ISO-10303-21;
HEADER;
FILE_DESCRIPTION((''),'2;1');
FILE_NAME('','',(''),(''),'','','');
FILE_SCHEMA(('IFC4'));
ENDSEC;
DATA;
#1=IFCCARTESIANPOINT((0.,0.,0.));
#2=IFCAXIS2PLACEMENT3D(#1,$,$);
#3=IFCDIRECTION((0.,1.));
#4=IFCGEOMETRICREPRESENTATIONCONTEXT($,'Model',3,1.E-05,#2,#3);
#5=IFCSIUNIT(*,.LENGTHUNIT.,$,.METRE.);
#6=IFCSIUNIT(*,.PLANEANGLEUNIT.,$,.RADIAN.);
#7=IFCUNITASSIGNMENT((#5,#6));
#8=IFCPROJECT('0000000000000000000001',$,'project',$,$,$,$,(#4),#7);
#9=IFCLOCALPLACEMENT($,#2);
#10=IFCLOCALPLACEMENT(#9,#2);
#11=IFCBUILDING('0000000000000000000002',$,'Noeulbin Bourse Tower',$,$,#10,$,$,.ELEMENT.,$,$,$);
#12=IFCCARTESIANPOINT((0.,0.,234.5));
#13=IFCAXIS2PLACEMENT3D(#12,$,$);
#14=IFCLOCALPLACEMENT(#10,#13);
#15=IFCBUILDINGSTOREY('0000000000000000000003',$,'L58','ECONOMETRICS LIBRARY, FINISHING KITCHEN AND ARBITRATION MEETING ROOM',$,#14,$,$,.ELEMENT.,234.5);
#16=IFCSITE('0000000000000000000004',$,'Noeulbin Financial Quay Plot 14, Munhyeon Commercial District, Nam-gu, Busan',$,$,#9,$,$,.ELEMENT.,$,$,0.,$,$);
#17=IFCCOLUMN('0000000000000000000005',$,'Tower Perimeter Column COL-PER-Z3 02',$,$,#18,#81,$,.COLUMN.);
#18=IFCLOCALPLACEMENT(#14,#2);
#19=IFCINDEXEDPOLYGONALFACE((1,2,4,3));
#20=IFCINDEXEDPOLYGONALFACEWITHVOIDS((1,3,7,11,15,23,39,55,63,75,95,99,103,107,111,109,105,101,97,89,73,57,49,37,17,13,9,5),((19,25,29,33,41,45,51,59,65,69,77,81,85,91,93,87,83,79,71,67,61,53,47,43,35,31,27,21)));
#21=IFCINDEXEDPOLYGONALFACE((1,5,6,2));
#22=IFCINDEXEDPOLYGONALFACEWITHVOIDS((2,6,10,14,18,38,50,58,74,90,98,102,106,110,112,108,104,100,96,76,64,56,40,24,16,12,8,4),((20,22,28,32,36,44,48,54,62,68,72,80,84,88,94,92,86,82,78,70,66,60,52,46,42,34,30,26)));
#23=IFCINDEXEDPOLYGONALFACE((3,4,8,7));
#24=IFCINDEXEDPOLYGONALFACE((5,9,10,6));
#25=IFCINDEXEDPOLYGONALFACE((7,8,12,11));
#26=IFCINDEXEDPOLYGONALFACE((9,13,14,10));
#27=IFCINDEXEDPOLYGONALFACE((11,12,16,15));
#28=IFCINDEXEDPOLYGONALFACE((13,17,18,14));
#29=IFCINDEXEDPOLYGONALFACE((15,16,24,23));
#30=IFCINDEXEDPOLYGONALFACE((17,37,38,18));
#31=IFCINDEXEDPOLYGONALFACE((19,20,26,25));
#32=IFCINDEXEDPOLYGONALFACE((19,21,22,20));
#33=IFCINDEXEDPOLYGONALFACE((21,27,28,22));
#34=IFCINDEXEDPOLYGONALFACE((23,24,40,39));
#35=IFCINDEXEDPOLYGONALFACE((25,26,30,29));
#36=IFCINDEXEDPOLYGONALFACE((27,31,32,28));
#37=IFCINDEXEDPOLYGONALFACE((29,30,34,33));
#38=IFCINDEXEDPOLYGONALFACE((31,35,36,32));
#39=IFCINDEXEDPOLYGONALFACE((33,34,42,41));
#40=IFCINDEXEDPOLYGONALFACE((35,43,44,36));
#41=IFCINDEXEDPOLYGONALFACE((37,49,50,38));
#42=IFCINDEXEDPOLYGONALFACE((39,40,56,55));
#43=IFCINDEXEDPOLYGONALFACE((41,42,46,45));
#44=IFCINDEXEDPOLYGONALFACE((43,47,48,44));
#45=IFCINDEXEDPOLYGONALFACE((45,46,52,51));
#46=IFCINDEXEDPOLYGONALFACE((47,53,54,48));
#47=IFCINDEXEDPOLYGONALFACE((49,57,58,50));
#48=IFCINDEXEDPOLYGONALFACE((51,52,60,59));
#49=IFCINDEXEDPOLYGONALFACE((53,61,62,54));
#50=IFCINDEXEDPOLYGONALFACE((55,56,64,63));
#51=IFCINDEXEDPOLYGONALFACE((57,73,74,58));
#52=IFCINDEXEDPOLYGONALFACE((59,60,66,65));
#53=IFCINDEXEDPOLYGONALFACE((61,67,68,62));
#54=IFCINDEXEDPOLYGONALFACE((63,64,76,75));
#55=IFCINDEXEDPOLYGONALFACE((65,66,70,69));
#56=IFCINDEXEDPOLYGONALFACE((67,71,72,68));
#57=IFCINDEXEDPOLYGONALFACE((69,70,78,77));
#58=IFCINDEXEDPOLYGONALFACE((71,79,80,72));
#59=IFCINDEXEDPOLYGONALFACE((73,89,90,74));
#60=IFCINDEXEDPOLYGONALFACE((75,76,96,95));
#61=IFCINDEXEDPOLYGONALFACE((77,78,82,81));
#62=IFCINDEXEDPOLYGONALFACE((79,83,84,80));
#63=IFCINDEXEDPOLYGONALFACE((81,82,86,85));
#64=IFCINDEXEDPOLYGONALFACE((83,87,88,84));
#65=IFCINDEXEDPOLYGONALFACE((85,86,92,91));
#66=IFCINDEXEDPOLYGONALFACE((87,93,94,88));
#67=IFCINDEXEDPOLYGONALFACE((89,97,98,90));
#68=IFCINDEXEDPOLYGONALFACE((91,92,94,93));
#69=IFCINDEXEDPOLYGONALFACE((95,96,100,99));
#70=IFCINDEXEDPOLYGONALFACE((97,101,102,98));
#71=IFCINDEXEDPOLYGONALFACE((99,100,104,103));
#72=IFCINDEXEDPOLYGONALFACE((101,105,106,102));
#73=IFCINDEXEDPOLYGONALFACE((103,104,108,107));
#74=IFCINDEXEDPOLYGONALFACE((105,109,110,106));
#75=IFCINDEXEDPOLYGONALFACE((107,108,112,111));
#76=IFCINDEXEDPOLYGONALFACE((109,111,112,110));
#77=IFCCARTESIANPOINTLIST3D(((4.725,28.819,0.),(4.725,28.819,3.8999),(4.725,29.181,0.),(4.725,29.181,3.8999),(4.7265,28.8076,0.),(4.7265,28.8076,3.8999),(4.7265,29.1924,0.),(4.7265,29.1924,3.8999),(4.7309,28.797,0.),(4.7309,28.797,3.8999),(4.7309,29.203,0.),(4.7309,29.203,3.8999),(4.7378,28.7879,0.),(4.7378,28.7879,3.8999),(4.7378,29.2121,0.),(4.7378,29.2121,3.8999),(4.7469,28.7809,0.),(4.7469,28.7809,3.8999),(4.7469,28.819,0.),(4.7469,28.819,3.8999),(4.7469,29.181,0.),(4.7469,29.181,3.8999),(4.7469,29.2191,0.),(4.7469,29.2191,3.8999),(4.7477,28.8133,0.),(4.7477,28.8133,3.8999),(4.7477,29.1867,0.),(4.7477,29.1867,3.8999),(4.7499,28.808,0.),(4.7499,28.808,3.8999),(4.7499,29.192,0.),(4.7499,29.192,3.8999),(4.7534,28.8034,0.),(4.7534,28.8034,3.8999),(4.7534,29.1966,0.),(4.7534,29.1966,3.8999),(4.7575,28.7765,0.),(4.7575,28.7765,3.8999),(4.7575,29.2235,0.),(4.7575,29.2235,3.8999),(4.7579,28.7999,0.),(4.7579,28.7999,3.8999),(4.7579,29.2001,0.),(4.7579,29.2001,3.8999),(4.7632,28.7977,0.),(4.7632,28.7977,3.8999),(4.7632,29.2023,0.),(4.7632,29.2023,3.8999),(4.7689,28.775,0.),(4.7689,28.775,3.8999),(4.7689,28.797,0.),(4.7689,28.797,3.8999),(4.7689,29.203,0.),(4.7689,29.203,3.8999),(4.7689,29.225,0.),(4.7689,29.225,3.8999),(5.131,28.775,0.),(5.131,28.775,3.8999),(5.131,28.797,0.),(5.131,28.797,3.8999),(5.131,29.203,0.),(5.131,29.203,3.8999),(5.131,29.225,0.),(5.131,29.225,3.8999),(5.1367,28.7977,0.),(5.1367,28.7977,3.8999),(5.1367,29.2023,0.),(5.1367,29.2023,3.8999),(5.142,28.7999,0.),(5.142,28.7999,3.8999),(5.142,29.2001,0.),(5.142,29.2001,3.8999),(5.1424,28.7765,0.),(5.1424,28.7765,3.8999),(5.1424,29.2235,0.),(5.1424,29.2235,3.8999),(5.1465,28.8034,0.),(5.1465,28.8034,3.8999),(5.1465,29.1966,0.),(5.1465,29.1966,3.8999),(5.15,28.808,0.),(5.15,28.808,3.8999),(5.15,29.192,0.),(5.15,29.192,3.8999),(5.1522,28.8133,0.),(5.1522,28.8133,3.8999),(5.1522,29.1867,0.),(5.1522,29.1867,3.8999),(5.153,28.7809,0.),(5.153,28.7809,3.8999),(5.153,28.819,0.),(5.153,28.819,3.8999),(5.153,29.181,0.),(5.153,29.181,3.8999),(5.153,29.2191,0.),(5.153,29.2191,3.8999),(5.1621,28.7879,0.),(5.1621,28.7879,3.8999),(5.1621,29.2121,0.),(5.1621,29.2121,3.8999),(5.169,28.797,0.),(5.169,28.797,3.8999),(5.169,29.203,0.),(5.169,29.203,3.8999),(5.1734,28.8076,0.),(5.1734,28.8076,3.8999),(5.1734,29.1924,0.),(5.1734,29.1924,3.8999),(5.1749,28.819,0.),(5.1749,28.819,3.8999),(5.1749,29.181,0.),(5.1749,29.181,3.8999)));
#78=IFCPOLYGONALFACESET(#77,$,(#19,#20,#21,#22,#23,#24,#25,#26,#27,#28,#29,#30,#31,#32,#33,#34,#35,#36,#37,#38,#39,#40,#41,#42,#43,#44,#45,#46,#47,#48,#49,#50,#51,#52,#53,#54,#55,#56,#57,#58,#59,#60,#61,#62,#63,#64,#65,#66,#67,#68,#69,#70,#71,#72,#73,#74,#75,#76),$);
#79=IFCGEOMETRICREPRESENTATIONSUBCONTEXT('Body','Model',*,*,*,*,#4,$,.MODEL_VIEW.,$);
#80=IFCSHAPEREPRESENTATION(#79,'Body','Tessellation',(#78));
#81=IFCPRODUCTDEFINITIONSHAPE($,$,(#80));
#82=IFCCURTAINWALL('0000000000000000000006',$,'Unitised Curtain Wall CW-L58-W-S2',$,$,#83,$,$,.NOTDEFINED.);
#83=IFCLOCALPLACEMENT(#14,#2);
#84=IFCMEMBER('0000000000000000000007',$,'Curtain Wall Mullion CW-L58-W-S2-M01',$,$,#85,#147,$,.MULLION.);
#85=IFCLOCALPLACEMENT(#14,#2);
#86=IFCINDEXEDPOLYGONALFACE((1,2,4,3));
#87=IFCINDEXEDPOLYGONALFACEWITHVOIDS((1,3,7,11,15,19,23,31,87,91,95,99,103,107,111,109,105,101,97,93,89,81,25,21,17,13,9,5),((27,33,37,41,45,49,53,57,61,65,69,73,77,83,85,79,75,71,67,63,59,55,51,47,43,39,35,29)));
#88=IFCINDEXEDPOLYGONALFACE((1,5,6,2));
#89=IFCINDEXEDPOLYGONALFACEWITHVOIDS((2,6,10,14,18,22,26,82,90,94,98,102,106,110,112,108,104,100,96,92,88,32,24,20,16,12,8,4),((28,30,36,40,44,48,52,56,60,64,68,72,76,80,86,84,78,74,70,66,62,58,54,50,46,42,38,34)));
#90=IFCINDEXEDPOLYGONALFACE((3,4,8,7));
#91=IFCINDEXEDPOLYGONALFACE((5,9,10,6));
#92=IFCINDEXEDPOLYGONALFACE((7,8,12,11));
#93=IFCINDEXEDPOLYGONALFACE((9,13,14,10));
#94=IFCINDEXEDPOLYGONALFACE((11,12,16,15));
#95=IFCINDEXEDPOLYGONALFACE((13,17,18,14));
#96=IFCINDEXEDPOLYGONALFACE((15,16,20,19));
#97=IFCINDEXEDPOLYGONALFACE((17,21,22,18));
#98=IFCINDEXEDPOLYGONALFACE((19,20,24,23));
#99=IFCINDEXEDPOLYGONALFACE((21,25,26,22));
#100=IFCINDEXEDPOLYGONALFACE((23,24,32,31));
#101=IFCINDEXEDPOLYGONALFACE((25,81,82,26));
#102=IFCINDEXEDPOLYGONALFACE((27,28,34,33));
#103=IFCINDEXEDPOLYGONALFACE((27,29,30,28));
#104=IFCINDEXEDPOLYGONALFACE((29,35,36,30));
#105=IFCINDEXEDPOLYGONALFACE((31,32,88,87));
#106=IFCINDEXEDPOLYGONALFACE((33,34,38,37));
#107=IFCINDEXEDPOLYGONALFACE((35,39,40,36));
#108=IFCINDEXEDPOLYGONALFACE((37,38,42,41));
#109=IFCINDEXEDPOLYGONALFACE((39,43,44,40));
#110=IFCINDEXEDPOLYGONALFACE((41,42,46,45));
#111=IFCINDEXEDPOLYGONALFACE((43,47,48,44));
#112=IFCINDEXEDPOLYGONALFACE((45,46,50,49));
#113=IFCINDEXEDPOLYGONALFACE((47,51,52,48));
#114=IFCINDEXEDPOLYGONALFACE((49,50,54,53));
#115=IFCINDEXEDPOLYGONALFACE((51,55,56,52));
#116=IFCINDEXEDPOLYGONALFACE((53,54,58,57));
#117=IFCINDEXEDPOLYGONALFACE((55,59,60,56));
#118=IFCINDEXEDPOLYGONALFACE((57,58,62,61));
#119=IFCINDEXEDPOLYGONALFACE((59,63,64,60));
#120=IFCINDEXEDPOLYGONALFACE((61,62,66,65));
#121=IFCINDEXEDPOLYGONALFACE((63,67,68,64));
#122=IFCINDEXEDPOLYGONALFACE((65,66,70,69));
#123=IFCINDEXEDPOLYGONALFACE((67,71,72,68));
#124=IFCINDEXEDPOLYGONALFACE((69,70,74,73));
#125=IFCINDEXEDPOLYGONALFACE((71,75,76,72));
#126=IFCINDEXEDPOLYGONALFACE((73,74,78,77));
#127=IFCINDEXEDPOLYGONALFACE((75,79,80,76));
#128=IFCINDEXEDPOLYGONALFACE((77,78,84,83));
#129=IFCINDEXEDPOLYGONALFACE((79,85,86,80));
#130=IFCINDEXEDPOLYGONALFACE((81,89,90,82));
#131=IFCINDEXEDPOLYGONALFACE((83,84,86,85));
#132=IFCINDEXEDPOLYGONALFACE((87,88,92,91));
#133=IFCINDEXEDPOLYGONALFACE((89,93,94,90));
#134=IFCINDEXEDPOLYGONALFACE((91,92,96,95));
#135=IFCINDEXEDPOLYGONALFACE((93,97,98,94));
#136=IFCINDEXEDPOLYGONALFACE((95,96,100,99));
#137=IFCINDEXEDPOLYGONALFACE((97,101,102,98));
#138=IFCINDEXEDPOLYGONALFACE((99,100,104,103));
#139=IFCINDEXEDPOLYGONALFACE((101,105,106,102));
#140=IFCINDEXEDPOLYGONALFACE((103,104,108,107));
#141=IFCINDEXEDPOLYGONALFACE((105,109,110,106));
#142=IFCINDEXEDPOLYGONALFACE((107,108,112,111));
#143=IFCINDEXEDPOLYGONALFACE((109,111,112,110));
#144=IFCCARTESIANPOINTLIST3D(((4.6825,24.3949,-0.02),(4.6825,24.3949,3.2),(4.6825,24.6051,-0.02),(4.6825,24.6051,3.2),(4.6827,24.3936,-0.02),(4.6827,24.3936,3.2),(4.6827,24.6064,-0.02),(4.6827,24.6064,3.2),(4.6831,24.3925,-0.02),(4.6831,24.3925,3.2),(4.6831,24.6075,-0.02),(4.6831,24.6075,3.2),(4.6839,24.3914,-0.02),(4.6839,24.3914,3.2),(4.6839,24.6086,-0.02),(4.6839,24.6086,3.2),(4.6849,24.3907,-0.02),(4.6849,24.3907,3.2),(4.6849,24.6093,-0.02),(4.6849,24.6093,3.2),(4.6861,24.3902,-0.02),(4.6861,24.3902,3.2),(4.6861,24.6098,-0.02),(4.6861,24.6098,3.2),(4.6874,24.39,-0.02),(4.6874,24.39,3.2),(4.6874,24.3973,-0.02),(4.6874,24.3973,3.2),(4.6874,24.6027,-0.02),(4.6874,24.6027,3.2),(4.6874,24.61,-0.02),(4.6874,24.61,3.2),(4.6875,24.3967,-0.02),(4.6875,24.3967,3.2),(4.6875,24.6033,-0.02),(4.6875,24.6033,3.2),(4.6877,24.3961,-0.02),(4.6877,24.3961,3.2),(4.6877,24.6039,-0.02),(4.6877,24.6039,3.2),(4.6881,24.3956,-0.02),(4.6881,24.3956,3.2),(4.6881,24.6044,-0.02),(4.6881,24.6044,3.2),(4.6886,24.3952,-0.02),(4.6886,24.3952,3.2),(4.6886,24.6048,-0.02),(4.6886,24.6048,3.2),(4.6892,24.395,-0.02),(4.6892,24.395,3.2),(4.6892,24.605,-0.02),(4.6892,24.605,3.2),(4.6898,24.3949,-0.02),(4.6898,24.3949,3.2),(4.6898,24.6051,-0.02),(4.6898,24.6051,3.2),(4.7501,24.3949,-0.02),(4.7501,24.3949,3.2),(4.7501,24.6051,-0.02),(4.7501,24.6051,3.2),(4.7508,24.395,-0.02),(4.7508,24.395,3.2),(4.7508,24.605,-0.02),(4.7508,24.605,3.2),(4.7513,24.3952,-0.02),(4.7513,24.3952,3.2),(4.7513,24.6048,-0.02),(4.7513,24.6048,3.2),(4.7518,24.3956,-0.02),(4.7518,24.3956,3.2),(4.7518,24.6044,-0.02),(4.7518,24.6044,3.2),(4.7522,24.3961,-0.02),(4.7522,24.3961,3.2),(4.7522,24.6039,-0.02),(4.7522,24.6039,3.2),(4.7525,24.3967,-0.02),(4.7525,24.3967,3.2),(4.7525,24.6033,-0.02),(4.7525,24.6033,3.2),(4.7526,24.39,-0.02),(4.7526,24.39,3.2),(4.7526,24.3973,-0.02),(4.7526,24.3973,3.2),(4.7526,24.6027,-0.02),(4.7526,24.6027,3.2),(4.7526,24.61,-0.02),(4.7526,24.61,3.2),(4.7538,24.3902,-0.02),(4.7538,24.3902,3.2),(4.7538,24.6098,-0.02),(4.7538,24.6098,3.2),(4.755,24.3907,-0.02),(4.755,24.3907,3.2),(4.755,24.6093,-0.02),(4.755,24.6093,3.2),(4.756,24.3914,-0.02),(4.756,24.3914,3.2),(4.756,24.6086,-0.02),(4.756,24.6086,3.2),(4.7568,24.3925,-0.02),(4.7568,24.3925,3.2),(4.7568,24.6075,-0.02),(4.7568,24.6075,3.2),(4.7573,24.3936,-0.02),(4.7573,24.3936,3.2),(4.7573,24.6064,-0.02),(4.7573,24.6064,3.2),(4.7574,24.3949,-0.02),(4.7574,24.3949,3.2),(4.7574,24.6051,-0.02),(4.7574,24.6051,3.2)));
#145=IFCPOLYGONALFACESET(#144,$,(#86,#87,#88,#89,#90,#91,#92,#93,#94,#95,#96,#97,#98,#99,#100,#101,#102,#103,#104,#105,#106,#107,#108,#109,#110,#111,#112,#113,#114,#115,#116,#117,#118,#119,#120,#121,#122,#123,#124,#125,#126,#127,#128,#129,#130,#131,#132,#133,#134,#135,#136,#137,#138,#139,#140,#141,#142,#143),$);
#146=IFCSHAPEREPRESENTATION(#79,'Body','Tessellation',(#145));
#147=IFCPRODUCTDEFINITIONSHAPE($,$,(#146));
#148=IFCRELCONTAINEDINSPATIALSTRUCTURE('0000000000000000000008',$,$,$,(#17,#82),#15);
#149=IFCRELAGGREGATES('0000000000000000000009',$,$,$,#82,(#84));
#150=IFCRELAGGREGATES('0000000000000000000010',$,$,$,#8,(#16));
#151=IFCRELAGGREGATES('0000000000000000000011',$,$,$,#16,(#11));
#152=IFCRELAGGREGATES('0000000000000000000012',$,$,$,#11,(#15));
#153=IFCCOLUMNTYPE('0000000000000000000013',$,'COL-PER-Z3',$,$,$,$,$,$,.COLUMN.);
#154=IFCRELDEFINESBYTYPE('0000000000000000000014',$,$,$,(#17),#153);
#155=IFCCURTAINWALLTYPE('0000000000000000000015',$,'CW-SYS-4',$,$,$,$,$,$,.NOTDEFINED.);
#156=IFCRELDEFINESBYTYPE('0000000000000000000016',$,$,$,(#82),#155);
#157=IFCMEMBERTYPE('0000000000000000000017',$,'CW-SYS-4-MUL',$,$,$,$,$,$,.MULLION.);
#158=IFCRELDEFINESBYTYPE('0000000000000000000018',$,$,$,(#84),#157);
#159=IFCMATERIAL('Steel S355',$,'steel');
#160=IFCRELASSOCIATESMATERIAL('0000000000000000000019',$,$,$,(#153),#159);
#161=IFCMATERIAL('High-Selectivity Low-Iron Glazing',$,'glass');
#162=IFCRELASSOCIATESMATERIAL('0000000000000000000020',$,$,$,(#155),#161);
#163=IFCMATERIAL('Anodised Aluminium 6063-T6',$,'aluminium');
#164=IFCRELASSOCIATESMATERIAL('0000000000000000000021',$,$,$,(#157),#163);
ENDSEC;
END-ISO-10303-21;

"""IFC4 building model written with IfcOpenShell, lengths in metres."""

from ifc_helpers import new_model, si_unit, direction, frame, origin, origin_2d, place, context, subcontext, project, spatial, hollow_rectangle, extrude, material, material_profile, profile_set, type_object, element, aggregate, save


model = new_model("IFC4")

# Units and contexts
model_context = context("Model", 3, precision=1e-05, world=origin(), true_north=direction((0.0, 1.0)))
body_context = subcontext(model_context, "Body", "Model", "MODEL_VIEW")
ifc_project = project(units=[si_unit("LENGTHUNIT", "METRE"), si_unit("PLANEANGLEUNIT", "RADIAN")], contexts=[model_context])

# Site, building, storey
site_placement = place(None, origin())
site = spatial("IfcSite", under=ifc_project, at=site_placement, Name="Noeulbin Financial Quay Plot 14, Munhyeon Commercial District, Nam-gu, Busan", CompositionType="ELEMENT", RefElevation=0.0)
building_placement = place(site_placement, origin())
building = spatial("IfcBuilding", under=site, at=building_placement, Name="Noeulbin Bourse Tower", CompositionType="ELEMENT")
storey_placement = place(building_placement, frame((0.0, 0.0, 234.5)))
storey = spatial("IfcBuildingStorey", under=building, at=storey_placement, Name="L58", Description="ECONOMETRICS LIBRARY, FINISHING KITCHEN AND ARBITRATION MEETING ROOM", CompositionType="ELEMENT", Elevation=234.5)

# Column
ifc_material_1 = material(Name="Steel S355", Category="steel")
ifc_material_profile_1 = material_profile(ifc_material_1, hollow_rectangle(XDim=0.45, YDim=0.45, WallThickness=0.022, InnerFilletRadius=0.022, OuterFilletRadius=0.0439, at=origin_2d()), Name="SHS-450x450x22", Category="LoadBearing")
ifc_profile_set_1 = profile_set([ifc_material_profile_1], Name="Steel S355")
column_type = type_object("IfcColumnType", Name="COL-PER-Z3", PredefinedType="COLUMN", material=ifc_profile_set_1)
column_placement = place(storey_placement, frame((4.95, 29.0, 0.0), z_axis=(0.0, 0.0, 1.0), x_axis=(1.0, 0.0, 0.0)))
element("IfcColumn", 1, at=column_placement, inside=storey, type_object=column_type, Name="Tower Perimeter Column COL-PER-Z3 02", PredefinedType="COLUMN", context=body_context, shape_type="SweptSolid", body=[
    extrude(hollow_rectangle(XDim=0.45, YDim=0.45, WallThickness=0.022, InnerFilletRadius=0.022, OuterFilletRadius=0.0439, at=origin_2d()), origin(), (0.0, 0.0, 1.0), 3.8999),
])

# Curtain wall, member
ifc_material_2 = material(Name="High-Selectivity Low-Iron Glazing", Category="glass")
curtain_wall_type = type_object("IfcCurtainWallType", Name="CW-SYS-4", PredefinedType="NOTDEFINED", material=ifc_material_2)
curtain_wall_1_placement = place(storey_placement, origin())
curtain_wall_1 = element("IfcCurtainWall", 2, at=curtain_wall_1_placement, inside=storey, type_object=curtain_wall_type, Name="Unitised Curtain Wall CW-L58-W-S2", PredefinedType="NOTDEFINED")
ifc_material_3 = material(Name="Anodised Aluminium 6063-T6", Category="aluminium")
ifc_material_profile_2 = material_profile(ifc_material_3, hollow_rectangle(XDim=0.075, YDim=0.22, WallThickness=0.0049, InnerFilletRadius=0.0024, OuterFilletRadius=0.0049, at=origin_2d()), Name="ALU-MULL-75x220x5", Category="LoadBearing")
ifc_profile_set_2 = profile_set([ifc_material_profile_2], Name="Anodised Aluminium 6063-T6")
member_type_1 = type_object("IfcMemberType", Name="CW-SYS-4-MUL", PredefinedType="MULLION", material=ifc_profile_set_2)
member_1_placement = place(storey_placement, frame((4.72, 24.5, -0.02), z_axis=(0.0, 0.0, 1.0), x_axis=(1.0, 0.0, 0.0)))
member_1 = element("IfcMember", 3, at=member_1_placement, type_object=member_type_1, Name="Curtain Wall Mullion CW-L58-W-S2-M01", PredefinedType="MULLION", context=body_context, shape_type="SweptSolid", body=[
    extrude(hollow_rectangle(XDim=0.075, YDim=0.22, WallThickness=0.0049, InnerFilletRadius=0.0024, OuterFilletRadius=0.0049, at=origin_2d()), origin(), (0.0, 0.0, 1.0), 3.22),
])

aggregate(curtain_wall_1, [member_1])

save(model, "model.ifc")
